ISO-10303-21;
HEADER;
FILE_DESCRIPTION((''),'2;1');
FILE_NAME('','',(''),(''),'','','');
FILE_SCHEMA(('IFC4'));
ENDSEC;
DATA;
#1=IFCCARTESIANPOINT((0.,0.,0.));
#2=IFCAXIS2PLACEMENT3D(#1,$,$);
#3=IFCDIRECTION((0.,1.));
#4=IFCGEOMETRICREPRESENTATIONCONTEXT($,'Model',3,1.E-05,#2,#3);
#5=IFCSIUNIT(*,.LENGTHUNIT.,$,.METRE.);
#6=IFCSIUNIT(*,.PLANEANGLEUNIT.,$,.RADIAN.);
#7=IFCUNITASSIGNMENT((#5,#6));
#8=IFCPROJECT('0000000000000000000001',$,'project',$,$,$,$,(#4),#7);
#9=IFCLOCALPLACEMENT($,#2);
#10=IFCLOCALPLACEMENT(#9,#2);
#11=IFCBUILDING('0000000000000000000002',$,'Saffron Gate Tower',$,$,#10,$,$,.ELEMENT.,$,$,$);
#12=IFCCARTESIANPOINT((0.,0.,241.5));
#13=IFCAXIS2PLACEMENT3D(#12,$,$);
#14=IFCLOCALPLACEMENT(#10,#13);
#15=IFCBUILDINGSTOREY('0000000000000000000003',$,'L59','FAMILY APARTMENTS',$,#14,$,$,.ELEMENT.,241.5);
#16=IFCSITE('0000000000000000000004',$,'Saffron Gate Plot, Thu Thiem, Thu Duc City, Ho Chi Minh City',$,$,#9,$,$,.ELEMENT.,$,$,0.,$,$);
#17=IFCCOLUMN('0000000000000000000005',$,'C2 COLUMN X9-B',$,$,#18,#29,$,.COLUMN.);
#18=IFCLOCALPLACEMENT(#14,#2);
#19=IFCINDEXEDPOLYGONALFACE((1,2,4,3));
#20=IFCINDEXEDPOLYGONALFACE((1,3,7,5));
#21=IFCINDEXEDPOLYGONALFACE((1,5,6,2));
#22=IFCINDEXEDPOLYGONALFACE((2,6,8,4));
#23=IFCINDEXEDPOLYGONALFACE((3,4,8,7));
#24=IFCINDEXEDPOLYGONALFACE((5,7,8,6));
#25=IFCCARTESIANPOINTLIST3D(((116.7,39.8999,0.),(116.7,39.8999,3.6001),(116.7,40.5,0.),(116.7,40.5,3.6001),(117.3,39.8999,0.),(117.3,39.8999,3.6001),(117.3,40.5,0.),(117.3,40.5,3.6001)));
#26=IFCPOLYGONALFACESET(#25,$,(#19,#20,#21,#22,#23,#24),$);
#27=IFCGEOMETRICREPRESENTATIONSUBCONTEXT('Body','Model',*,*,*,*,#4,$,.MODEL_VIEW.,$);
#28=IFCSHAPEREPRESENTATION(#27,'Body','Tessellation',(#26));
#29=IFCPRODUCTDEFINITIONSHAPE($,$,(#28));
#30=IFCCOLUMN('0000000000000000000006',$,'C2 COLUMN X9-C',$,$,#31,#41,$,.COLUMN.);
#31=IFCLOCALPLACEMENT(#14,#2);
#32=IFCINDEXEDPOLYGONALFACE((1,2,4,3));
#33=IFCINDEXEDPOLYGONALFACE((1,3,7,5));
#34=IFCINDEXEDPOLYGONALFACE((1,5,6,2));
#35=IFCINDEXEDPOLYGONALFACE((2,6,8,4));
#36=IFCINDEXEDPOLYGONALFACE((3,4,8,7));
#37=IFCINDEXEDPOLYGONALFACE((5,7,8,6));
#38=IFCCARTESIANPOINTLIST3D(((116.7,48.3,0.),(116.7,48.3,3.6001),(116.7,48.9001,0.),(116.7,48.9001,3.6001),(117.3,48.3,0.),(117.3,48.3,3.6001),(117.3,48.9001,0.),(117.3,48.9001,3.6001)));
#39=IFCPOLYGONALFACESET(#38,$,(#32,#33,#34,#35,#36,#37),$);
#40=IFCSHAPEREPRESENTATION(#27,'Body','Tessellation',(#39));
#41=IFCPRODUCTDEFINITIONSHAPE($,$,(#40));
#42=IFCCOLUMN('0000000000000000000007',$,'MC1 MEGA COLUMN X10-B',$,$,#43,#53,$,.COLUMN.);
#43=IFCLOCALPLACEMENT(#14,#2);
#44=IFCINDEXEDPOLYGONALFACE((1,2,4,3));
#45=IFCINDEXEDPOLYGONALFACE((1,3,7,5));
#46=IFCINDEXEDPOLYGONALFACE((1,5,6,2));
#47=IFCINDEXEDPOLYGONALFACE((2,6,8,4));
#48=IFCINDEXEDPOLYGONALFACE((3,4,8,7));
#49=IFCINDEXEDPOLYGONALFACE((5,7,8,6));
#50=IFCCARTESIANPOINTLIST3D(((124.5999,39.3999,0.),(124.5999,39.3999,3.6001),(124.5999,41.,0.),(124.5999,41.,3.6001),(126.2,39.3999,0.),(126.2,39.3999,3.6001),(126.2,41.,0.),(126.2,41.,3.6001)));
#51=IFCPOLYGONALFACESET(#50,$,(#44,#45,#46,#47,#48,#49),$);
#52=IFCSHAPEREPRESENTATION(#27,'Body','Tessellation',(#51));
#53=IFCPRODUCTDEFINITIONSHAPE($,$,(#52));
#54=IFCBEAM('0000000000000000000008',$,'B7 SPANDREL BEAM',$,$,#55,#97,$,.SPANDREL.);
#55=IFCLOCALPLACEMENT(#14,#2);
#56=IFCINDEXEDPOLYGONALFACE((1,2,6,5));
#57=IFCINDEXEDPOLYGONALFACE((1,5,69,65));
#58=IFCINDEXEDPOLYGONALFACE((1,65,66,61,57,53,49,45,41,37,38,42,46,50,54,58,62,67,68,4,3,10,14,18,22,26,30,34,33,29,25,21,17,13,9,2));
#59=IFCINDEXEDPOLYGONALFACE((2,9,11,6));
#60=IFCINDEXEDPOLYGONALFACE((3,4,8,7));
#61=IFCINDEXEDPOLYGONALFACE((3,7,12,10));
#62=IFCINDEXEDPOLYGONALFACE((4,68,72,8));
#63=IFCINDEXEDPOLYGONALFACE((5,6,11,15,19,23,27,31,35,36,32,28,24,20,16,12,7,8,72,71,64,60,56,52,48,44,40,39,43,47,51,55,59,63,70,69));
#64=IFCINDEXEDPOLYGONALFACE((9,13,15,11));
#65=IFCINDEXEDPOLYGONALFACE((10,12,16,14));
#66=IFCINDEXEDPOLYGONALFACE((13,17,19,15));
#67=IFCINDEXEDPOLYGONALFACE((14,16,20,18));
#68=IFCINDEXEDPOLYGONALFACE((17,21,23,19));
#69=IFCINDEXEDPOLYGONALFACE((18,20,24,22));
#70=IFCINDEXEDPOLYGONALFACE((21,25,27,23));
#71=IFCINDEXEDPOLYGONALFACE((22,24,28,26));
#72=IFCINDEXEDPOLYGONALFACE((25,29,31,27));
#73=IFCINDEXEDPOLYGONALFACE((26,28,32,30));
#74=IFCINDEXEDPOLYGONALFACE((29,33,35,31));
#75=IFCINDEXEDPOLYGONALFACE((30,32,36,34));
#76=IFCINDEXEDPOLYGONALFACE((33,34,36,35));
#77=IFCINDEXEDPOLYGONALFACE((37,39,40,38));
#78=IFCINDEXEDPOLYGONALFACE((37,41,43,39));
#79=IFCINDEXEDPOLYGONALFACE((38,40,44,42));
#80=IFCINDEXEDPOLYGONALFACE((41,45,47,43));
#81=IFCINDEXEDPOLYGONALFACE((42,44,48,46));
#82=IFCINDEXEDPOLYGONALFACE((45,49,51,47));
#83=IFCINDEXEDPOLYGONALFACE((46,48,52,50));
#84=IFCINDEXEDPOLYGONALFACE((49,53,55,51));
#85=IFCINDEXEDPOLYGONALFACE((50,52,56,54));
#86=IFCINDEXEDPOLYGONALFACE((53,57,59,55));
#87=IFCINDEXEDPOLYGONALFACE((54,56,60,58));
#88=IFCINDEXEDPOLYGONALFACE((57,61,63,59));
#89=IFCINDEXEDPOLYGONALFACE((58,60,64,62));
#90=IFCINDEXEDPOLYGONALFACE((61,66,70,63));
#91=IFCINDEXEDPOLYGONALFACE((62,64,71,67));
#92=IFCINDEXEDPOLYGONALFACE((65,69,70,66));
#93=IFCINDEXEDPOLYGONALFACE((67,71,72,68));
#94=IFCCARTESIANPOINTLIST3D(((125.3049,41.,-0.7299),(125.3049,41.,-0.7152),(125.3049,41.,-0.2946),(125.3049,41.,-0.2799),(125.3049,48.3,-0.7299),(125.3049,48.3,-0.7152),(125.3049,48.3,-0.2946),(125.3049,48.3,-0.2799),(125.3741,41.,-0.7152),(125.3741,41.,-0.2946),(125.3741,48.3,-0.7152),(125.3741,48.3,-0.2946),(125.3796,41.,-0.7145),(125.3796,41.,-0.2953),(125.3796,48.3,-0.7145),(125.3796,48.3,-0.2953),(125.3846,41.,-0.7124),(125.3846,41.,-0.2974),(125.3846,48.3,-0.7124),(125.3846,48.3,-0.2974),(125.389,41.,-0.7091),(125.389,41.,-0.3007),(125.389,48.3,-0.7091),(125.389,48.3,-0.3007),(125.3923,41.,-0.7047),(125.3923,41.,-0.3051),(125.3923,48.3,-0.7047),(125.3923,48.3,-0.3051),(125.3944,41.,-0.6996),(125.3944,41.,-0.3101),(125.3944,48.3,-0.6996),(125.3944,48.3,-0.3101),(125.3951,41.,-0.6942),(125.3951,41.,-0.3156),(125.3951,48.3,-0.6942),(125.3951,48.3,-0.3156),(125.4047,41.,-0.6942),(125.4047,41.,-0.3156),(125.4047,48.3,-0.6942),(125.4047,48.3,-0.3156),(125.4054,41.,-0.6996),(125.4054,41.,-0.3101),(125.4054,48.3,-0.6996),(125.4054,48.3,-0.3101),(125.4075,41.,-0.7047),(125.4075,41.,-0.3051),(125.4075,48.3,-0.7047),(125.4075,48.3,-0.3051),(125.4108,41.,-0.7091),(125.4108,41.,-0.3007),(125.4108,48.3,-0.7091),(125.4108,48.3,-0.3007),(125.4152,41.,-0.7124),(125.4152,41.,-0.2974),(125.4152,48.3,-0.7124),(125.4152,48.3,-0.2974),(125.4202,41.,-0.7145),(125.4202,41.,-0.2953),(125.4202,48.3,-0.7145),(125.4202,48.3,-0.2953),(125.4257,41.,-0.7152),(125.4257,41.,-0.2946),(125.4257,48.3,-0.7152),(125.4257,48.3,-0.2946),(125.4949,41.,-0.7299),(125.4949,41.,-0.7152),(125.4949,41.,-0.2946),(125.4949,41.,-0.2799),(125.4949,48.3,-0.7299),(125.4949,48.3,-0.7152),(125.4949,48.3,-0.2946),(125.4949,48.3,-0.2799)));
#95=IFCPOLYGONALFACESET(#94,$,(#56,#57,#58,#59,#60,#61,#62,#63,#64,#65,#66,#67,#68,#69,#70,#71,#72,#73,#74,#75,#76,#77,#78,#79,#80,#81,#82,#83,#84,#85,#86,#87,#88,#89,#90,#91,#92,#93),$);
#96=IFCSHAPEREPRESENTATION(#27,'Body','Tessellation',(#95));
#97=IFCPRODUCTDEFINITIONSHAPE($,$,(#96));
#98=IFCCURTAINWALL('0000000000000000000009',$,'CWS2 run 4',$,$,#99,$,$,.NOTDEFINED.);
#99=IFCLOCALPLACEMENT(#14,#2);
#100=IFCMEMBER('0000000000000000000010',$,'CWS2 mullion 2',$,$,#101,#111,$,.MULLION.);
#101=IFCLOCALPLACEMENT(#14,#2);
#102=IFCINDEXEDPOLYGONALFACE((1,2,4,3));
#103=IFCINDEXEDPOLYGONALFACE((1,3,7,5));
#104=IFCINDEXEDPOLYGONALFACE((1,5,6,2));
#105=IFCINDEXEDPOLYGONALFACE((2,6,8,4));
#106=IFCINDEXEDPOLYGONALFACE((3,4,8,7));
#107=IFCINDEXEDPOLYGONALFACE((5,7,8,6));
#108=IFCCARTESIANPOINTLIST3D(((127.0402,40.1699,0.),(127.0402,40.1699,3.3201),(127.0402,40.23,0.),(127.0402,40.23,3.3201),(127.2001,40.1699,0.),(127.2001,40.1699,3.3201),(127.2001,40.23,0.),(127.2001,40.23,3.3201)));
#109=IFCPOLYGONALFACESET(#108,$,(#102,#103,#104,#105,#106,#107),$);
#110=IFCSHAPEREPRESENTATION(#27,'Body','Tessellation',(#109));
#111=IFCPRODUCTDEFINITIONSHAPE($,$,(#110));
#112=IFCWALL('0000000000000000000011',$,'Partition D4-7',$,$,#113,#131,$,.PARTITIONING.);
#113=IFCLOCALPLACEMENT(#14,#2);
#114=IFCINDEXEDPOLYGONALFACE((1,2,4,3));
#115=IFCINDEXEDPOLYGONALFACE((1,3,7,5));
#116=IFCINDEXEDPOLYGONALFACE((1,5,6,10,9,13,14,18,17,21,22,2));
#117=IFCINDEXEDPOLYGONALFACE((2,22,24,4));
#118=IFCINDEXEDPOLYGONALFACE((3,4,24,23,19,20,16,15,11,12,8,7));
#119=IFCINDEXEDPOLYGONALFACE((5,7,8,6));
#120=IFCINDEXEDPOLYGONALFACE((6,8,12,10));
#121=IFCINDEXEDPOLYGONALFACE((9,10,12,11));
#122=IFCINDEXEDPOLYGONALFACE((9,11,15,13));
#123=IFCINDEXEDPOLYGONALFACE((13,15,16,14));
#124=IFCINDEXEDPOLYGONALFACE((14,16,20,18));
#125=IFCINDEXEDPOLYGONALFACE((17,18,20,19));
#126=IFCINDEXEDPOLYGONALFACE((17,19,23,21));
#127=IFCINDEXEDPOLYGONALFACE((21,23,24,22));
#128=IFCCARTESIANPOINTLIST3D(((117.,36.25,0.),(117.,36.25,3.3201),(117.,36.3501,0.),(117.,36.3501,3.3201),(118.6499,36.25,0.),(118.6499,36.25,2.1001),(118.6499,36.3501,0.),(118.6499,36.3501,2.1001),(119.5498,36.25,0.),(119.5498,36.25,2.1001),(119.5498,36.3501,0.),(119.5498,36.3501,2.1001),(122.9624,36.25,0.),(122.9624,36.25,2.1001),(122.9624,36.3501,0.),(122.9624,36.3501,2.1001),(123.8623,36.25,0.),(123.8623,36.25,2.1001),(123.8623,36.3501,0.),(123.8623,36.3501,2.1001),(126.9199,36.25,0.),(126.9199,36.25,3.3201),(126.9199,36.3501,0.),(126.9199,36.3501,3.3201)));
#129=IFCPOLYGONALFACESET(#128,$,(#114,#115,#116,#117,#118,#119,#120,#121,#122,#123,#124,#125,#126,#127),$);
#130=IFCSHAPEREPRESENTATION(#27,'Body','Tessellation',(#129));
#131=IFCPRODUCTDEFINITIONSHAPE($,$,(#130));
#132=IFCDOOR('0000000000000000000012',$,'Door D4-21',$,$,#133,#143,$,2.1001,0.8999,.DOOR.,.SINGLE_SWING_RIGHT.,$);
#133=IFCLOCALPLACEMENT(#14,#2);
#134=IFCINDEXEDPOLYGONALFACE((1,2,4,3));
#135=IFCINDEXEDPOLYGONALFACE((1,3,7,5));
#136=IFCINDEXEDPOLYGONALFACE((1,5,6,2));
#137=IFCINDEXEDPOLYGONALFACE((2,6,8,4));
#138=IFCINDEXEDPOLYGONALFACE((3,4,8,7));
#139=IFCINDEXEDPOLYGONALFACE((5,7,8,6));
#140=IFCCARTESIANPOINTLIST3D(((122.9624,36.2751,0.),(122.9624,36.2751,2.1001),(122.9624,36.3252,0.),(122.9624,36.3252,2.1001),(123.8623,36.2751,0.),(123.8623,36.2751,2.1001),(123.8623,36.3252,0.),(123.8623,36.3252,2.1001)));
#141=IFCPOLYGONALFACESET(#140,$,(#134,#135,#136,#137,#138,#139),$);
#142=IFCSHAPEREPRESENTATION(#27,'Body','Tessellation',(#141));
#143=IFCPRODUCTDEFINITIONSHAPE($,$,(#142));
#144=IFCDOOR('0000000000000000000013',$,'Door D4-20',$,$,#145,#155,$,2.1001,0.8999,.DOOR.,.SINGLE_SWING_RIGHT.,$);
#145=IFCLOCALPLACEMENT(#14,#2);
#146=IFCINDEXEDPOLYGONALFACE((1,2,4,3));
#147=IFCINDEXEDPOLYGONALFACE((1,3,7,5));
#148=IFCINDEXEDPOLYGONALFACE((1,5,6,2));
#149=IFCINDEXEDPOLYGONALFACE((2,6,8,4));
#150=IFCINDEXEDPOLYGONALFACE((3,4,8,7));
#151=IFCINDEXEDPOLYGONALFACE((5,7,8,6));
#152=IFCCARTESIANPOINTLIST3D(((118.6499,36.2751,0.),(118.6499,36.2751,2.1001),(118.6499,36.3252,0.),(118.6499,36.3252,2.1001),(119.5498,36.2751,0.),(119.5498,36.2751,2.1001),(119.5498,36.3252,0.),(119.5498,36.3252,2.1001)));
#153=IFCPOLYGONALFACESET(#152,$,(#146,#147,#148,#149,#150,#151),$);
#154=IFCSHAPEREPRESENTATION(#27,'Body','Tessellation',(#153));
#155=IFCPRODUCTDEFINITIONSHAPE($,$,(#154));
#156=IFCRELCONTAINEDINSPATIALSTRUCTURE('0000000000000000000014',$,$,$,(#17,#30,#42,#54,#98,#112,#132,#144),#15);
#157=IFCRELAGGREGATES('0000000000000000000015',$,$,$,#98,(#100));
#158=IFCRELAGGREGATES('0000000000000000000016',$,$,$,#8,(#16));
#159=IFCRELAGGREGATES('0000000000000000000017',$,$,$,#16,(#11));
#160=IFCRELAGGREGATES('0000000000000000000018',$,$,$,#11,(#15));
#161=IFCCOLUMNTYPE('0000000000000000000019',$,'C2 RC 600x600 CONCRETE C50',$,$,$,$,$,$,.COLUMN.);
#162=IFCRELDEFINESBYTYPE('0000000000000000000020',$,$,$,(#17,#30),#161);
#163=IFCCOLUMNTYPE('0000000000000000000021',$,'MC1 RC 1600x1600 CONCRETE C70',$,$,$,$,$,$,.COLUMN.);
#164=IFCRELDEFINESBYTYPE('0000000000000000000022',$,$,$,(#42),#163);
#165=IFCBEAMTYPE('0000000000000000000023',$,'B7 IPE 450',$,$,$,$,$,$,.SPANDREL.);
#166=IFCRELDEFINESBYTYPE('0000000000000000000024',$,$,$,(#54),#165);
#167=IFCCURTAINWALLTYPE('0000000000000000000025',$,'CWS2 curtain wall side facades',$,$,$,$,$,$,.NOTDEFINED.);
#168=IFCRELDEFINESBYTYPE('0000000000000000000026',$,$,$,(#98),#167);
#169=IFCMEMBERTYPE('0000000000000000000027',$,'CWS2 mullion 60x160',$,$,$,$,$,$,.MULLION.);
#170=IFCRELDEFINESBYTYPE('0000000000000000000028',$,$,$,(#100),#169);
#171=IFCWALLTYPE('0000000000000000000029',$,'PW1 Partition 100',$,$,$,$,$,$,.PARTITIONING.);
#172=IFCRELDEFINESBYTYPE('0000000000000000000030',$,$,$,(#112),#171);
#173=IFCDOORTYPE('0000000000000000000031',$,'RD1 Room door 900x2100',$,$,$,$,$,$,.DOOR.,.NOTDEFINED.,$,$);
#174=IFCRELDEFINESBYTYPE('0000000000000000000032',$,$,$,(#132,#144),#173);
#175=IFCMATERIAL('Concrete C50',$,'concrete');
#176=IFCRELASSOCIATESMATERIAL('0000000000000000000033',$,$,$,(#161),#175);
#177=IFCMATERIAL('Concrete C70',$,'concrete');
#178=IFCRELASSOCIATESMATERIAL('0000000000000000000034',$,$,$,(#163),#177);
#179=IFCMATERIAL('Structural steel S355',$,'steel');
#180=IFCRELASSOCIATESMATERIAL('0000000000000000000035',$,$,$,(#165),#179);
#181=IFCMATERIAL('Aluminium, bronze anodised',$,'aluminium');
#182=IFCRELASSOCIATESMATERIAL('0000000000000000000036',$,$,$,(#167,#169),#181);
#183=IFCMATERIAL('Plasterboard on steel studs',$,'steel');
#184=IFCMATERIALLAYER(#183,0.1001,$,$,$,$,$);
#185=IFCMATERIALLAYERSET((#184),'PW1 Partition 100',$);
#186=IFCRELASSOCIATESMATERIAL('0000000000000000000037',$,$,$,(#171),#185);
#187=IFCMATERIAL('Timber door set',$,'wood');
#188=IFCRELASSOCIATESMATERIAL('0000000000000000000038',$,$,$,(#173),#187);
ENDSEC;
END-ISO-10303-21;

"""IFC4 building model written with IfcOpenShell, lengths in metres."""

from ifc_helpers import new_model, si_unit, direction, frame, frame_2d, origin, origin_2d, place, context, subcontext, project, spatial, rectangle, i_section, extrude, material, layer, layer_set, material_profile, profile_set, type_object, element, fill, aggregate, save


model = new_model("IFC4")

# Units and contexts
model_context = context("Model", 3, precision=1e-05, world=origin(), true_north=direction((0.0, 1.0)))
body_context = subcontext(model_context, "Body", "Model", "MODEL_VIEW")
ifc_project = project(units=[si_unit("LENGTHUNIT", "METRE"), si_unit("PLANEANGLEUNIT", "RADIAN")], contexts=[model_context])

# Site, building, storey
site_placement = place(None, origin())
site = spatial("IfcSite", under=ifc_project, at=site_placement, Name="Saffron Gate Plot, Thu Thiem, Thu Duc City, Ho Chi Minh City", CompositionType="ELEMENT", RefElevation=0.0)
building_placement = place(site_placement, origin())
building = spatial("IfcBuilding", under=site, at=building_placement, Name="Saffron Gate Tower", CompositionType="ELEMENT")
storey_placement = place(building_placement, frame((0.0, 0.0, 241.5)))
storey = spatial("IfcBuildingStorey", under=building, at=storey_placement, Name="L59", Description="FAMILY APARTMENTS", CompositionType="ELEMENT", Elevation=241.5)

# Columns
ifc_material_1 = material(Name="Concrete C50", Category="concrete")
ifc_material_profile_1 = material_profile(ifc_material_1, rectangle(XDim=0.6001, YDim=0.6001, at=origin_2d()))
ifc_profile_set_1 = profile_set([ifc_material_profile_1], Name="Concrete C50")
column_type_1 = type_object("IfcColumnType", Name="C2 RC 600x600 CONCRETE C50", PredefinedType="COLUMN", material=ifc_profile_set_1)
for number, where, z_axis, x_axis, name in (
    (1, (117.0, 40.2, 0.0), (0.0, 0.0, 1.0), (1.0, 0.0, 0.0), "C2 COLUMN X9-B"),
    (2, (117.0, 48.6001, 0.0), (0.0, 0.0, 1.0), (1.0, 0.0, 0.0), "C2 COLUMN X9-C"),
):
    element("IfcColumn", number, at=place(storey_placement, frame(where, z_axis=z_axis, x_axis=x_axis)), inside=storey, type_object=column_type_1, Name=name, PredefinedType="COLUMN", context=body_context, shape_type="SweptSolid", body=[
        extrude(rectangle(XDim=0.6001, YDim=0.6001, at=origin_2d()), origin(), (0.0, 0.0, 1.0), 3.6001),
    ])
ifc_material_2 = material(Name="Concrete C70", Category="concrete")
ifc_material_profile_2 = material_profile(ifc_material_2, rectangle(XDim=1.6001, YDim=1.6001, at=origin_2d()))
ifc_profile_set_2 = profile_set([ifc_material_profile_2], Name="Concrete C70")
column_type_2 = type_object("IfcColumnType", Name="MC1 RC 1600x1600 CONCRETE C70", PredefinedType="COLUMN", material=ifc_profile_set_2)
column_placement = place(storey_placement, frame((125.3999, 40.2, 0.0), z_axis=(0.0, 0.0, 1.0), x_axis=(1.0, 0.0, 0.0)))
element("IfcColumn", 3, at=column_placement, inside=storey, type_object=column_type_2, Name="MC1 MEGA COLUMN X10-B", PredefinedType="COLUMN", context=body_context, shape_type="SweptSolid", body=[
    extrude(rectangle(XDim=1.6001, YDim=1.6001, at=origin_2d()), origin(), (0.0, 0.0, 1.0), 3.6001),
])

# Beam
ifc_material_3 = material(Name="Structural steel S355", Category="steel")
ifc_material_profile_3 = material_profile(ifc_material_3, i_section(OverallWidth=0.1899, OverallDepth=0.45, WebThickness=0.0095, FlangeThickness=0.0146, FilletRadius=0.021, at=origin_2d()))
ifc_profile_set_3 = profile_set([ifc_material_profile_3], Name="Structural steel S355")
beam_type = type_object("IfcBeamType", Name="B7 IPE 450", PredefinedType="SPANDREL", material=ifc_profile_set_3)
beam_placement = place(storey_placement, frame((125.3999, 41.0, -0.5049), z_axis=(0.0, 1.0, 0.0), x_axis=(-1.0, 0.0, 0.0)))
element("IfcBeam", 4, at=beam_placement, inside=storey, type_object=beam_type, Name="B7 SPANDREL BEAM", PredefinedType="SPANDREL", context=body_context, shape_type="SweptSolid", body=[
    extrude(i_section(OverallWidth=0.1899, OverallDepth=0.45, WebThickness=0.0095, FlangeThickness=0.0146, FilletRadius=0.021, at=origin_2d()), origin(), (0.0, 0.0, 1.0), 7.3),
])

# Curtain wall, member
ifc_material_4 = material(Name="Aluminium, bronze anodised", Category="aluminium")
curtain_wall_type = type_object("IfcCurtainWallType", Name="CWS2 curtain wall side facades", PredefinedType="NOTDEFINED", material=ifc_material_4)
curtain_wall_placement = place(storey_placement, origin())
curtain_wall = element("IfcCurtainWall", 5, at=curtain_wall_placement, inside=storey, type_object=curtain_wall_type, Name="CWS2 run 4", PredefinedType="NOTDEFINED")
ifc_material_profile_4 = material_profile(ifc_material_4, rectangle(XDim=0.1599, YDim=0.0601, at=origin_2d()))
ifc_profile_set_4 = profile_set([ifc_material_profile_4], Name="Aluminium, bronze anodised")
member_type = type_object("IfcMemberType", Name="CWS2 mullion 60x160", PredefinedType="MULLION", material=ifc_profile_set_4)
member_placement = place(storey_placement, frame((127.1201, 40.2, 0.0), z_axis=(0.0, 0.0, 1.0), x_axis=(-1.0, 0.0, 0.0)))
member = element("IfcMember", 6, at=member_placement, type_object=member_type, Name="CWS2 mullion 2", PredefinedType="MULLION", context=body_context, shape_type="SweptSolid", body=[
    extrude(rectangle(XDim=0.1599, YDim=0.0601, at=origin_2d()), origin(), (0.0, 0.0, 1.0), 3.3201),
])
aggregate(curtain_wall, [member])

# Wall, openings, doors
ifc_material_5 = material(Name="Plasterboard on steel studs", Category="steel")
ifc_layer_1 = layer(ifc_material_5, 0.1001)
ifc_layer_set_1 = layer_set([ifc_layer_1], Name="PW1 Partition 100")
wall_type_1 = type_object("IfcWallType", Name="PW1 Partition 100", PredefinedType="PARTITIONING", material=ifc_layer_set_1)
wall_1_placement = place(storey_placement, frame((126.9199, 36.3, 0.0), z_axis=(0.0, 0.0, 1.0), x_axis=(-1.0, 0.0, 0.0)))
wall_1 = element("IfcWall", 7, at=wall_1_placement, inside=storey, type_object=wall_type_1, Name="Partition D4-7", PredefinedType="PARTITIONING", context=body_context, shape_type="SweptSolid", body=[
    extrude(rectangle(XDim=9.9199, YDim=0.1001, at=frame_2d((4.96, 0.0))), origin(), (0.0, 0.0, 1.0), 3.3201),
])
opening_1_placement = place(wall_1_placement, frame((3.0576, 0.0, 0.0)))
opening_1 = element("IfcOpeningElement", 8, at=opening_1_placement, cuts=wall_1, PredefinedType="OPENING", context=body_context, shape_type="SweptSolid", body=[
    extrude(rectangle(XDim=0.8999, YDim=2.1001, at=frame_2d((0.45, 1.05))), frame((0.0, 0.0601, 0.0), z_axis=(0.0, -1.0, 0.0), x_axis=(1.0, 0.0, 0.0)), (0.0, 0.0, 1.0), 0.1201),
])
opening_2_placement = place(wall_1_placement, frame((7.3701, 0.0, 0.0)))
opening_2 = element("IfcOpeningElement", 9, at=opening_2_placement, cuts=wall_1, PredefinedType="OPENING", context=body_context, shape_type="SweptSolid", body=[
    extrude(rectangle(XDim=0.8999, YDim=2.1001, at=frame_2d((0.45, 1.05))), frame((0.0, 0.0601, 0.0), z_axis=(0.0, -1.0, 0.0), x_axis=(1.0, 0.0, 0.0)), (0.0, 0.0, 1.0), 0.1201),
])
ifc_material_6 = material(Name="Timber door set", Category="wood")
door_type_1 = type_object("IfcDoorType", Name="RD1 Room door 900x2100", OperationType="NOTDEFINED", PredefinedType="DOOR", material=ifc_material_6)
door_1_placement = place(opening_1_placement, origin())
door_1 = element("IfcDoor", 10, at=door_1_placement, inside=storey, type_object=door_type_1, Name="Door D4-21", OperationType="SINGLE_SWING_RIGHT", OverallHeight=2.1001, OverallWidth=0.8999, PredefinedType="DOOR", context=body_context, shape_type="SweptSolid", body=[
    extrude(rectangle(XDim=0.8999, YDim=2.1001, at=frame_2d((0.45, 1.05))), frame((0.0, 0.0249, 0.0), z_axis=(0.0, -1.0, 0.0), x_axis=(1.0, 0.0, 0.0)), (0.0, 0.0, 1.0), 0.05),
])
fill(opening_1, door_1)
door_2_placement = place(opening_2_placement, origin())
door_2 = element("IfcDoor", 11, at=door_2_placement, inside=storey, type_object=door_type_1, Name="Door D4-20", OperationType="SINGLE_SWING_RIGHT", OverallHeight=2.1001, OverallWidth=0.8999, PredefinedType="DOOR", context=body_context, shape_type="SweptSolid", body=[
    extrude(rectangle(XDim=0.8999, YDim=2.1001, at=frame_2d((0.45, 1.05))), frame((0.0, 0.0249, 0.0), z_axis=(0.0, -1.0, 0.0), x_axis=(1.0, 0.0, 0.0)), (0.0, 0.0, 1.0), 0.05),
])
fill(opening_2, door_2)

save(model, "model.ifc")
